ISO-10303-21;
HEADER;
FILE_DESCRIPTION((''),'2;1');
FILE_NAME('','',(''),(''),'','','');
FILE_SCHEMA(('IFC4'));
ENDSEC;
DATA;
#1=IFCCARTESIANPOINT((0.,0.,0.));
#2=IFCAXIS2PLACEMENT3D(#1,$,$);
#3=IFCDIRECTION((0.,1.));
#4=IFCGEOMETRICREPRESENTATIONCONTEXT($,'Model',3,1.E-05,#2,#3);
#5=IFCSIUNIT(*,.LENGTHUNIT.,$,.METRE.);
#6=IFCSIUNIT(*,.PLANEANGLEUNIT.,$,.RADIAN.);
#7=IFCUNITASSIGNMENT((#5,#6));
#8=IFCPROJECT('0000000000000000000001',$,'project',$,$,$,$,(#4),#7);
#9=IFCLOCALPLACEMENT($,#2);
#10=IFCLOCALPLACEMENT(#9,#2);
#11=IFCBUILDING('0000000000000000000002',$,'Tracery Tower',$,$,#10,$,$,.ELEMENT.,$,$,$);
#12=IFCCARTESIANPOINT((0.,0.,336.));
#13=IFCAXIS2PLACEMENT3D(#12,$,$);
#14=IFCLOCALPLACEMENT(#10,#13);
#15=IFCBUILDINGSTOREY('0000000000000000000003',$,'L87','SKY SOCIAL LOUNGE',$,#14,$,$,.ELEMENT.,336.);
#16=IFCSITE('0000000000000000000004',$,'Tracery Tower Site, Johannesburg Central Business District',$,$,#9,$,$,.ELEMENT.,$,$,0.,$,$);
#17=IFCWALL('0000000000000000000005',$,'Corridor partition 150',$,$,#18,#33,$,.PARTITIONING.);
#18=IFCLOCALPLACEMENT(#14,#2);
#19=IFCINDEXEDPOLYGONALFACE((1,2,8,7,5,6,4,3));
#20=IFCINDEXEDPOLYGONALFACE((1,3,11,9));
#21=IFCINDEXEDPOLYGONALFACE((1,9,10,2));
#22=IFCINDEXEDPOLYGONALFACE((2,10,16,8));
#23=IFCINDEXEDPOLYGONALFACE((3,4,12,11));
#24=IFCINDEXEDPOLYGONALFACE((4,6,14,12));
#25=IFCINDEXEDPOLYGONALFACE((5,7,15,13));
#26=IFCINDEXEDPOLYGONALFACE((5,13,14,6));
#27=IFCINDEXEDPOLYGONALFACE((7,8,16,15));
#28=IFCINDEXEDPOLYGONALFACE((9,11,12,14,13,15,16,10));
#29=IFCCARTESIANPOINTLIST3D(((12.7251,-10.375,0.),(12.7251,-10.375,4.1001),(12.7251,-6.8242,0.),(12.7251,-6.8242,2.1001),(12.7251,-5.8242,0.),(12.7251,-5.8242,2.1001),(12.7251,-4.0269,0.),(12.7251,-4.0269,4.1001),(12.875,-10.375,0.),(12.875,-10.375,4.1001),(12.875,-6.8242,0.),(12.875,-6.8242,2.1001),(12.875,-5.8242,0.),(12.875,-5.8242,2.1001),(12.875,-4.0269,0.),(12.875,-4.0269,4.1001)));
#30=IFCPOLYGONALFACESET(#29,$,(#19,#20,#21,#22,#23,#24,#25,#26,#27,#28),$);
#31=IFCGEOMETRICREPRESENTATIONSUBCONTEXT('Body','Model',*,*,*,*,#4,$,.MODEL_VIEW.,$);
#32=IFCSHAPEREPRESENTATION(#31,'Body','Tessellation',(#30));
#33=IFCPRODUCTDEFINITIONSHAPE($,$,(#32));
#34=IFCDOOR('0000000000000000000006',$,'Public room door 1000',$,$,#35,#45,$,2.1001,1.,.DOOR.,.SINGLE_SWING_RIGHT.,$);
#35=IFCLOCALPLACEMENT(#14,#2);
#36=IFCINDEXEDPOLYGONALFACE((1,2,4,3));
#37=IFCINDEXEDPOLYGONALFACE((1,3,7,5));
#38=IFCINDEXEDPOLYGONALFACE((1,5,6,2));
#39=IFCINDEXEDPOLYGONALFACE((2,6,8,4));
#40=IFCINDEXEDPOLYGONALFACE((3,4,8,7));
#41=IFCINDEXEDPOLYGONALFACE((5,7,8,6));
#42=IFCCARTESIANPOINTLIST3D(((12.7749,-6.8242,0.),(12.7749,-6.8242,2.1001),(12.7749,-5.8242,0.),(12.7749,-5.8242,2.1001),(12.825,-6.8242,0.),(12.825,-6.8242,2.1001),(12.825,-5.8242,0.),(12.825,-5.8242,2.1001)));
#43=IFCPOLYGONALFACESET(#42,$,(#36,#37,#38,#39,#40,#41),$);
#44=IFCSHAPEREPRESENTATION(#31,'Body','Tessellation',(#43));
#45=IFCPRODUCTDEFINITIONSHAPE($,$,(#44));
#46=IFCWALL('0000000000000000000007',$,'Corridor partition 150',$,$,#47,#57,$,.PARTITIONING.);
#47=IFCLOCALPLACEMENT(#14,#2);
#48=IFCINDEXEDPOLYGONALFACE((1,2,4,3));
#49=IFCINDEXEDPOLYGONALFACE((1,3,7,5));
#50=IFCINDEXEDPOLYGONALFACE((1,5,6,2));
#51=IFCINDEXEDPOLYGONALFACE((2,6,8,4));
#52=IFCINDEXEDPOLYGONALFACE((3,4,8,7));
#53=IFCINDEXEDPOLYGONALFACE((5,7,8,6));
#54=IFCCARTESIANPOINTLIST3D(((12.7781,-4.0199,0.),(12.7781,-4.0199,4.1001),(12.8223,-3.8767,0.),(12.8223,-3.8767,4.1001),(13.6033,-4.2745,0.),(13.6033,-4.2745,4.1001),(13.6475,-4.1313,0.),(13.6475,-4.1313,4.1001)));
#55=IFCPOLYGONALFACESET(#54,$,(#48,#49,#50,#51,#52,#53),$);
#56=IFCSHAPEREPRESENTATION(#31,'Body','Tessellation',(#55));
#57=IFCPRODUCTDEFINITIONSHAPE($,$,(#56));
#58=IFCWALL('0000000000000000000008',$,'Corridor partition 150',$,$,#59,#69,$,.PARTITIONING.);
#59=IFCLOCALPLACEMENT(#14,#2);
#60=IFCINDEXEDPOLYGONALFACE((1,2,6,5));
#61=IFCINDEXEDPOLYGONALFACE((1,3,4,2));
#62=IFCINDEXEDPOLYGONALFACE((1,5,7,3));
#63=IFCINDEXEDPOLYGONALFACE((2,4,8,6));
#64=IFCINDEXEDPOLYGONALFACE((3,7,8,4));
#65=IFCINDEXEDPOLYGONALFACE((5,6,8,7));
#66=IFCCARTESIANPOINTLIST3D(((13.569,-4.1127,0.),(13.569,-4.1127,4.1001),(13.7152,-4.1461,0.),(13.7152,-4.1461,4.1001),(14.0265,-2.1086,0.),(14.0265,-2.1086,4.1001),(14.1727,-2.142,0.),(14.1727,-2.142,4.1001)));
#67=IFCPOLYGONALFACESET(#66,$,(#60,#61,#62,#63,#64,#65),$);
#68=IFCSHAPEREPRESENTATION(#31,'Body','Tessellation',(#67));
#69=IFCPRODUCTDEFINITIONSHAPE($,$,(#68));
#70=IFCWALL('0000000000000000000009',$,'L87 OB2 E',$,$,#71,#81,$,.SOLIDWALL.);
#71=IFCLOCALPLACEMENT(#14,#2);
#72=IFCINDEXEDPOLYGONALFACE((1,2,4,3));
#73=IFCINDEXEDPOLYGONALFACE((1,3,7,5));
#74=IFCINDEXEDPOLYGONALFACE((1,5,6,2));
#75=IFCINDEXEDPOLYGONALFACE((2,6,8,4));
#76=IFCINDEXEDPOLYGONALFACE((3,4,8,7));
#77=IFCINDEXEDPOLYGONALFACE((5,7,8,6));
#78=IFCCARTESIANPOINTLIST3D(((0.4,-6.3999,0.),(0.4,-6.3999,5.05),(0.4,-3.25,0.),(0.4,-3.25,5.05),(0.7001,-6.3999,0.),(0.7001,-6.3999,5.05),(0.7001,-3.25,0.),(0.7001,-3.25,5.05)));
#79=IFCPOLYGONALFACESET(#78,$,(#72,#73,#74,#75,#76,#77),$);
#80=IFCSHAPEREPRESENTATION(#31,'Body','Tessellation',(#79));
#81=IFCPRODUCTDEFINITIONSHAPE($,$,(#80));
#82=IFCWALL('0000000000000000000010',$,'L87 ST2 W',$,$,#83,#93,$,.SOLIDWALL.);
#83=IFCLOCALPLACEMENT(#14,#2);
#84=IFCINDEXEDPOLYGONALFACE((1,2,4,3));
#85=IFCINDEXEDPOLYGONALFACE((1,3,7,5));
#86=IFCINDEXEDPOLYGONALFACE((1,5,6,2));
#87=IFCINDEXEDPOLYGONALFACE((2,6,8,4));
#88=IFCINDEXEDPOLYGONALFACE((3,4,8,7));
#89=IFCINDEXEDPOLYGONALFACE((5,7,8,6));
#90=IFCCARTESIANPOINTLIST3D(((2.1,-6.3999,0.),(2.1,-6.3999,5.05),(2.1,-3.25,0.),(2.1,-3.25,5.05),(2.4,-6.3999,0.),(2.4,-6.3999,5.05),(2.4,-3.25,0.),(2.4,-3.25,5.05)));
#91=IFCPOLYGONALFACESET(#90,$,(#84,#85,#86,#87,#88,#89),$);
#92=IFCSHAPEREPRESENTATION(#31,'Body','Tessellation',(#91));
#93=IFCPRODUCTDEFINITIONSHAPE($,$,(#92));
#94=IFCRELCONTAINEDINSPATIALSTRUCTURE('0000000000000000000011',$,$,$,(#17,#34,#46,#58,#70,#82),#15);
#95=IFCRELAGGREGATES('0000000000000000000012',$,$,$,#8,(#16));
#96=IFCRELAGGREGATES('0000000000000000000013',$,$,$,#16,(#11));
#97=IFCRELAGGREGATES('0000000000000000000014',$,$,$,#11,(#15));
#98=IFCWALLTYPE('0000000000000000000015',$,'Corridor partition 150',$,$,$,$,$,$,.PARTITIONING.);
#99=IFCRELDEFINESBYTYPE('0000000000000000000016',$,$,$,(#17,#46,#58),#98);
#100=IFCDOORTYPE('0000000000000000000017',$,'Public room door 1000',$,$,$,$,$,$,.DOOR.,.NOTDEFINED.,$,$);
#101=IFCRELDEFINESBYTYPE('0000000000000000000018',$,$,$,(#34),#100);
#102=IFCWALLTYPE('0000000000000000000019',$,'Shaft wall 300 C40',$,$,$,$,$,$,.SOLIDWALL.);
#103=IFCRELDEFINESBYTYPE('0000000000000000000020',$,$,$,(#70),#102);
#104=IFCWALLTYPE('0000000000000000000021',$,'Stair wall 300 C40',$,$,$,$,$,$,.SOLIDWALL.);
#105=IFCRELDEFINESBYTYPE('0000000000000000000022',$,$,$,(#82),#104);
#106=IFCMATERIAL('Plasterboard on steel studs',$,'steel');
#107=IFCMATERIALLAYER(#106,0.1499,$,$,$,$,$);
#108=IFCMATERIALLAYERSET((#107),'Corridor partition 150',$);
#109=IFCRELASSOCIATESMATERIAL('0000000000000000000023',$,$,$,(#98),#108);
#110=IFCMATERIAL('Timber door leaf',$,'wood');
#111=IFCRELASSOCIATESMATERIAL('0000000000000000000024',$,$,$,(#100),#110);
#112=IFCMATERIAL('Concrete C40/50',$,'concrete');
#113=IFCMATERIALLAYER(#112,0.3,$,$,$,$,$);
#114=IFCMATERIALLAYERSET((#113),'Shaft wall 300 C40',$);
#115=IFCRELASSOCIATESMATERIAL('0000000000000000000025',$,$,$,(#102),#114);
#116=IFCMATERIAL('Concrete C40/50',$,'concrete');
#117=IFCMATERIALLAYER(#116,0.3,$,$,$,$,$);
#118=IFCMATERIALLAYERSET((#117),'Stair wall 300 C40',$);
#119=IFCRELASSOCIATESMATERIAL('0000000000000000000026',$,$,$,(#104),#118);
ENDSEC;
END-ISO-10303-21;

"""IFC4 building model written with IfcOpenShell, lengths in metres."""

from ifc_helpers import new_model, si_unit, direction, frame, frame_2d, origin, place, context, subcontext, project, spatial, rectangle, extrude, material, layer, layer_set, type_object, element, fill, save


model = new_model("IFC4")

# Units and contexts
model_context = context("Model", 3, precision=1e-05, world=origin(), true_north=direction((0.0, 1.0)))
body_context = subcontext(model_context, "Body", "Model", "MODEL_VIEW")
ifc_project = project(units=[si_unit("LENGTHUNIT", "METRE"), si_unit("PLANEANGLEUNIT", "RADIAN")], contexts=[model_context])

# Site, building, storey
site_placement = place(None, origin())
site = spatial("IfcSite", under=ifc_project, at=site_placement, Name="Tracery Tower Site, Johannesburg Central Business District", CompositionType="ELEMENT", RefElevation=0.0)
building_placement = place(site_placement, origin())
building = spatial("IfcBuilding", under=site, at=building_placement, Name="Tracery Tower", CompositionType="ELEMENT")
storey_placement = place(building_placement, frame((0.0, 0.0, 336.0)))
storey = spatial("IfcBuildingStorey", under=building, at=storey_placement, Name="L87", Description="SKY SOCIAL LOUNGE", CompositionType="ELEMENT", Elevation=336.0)

# Shared definitions
ifc_material_1 = material(Name="Plasterboard on steel studs", Category="steel")
ifc_layer_1 = layer(ifc_material_1, 0.1499)
ifc_layer_set_1 = layer_set([ifc_layer_1], Name="Corridor partition 150")
wall_type_1 = type_object("IfcWallType", Name="Corridor partition 150", PredefinedType="PARTITIONING", material=ifc_layer_set_1)

# Wall, opening, door
wall_1_placement = place(storey_placement, frame((12.8, -4.0269, 0.0), z_axis=(0.0, 0.0, 1.0), x_axis=(0.0, -1.0, 0.0)))
wall_1 = element("IfcWall", 1, at=wall_1_placement, inside=storey, type_object=wall_type_1, Name="Corridor partition 150", PredefinedType="PARTITIONING", context=body_context, shape_type="SweptSolid", body=[
    extrude(rectangle(XDim=6.3481, YDim=0.1499, at=frame_2d((3.1741, 0.0))), origin(), (0.0, 0.0, 1.0), 4.1001),
])
opening_1_placement = place(wall_1_placement, frame((1.7974, 0.0, 0.0)))
opening_1 = element("IfcOpeningElement", 2, at=opening_1_placement, cuts=wall_1, PredefinedType="OPENING", context=body_context, shape_type="SweptSolid", body=[
    extrude(rectangle(XDim=1.0, YDim=2.1001, at=frame_2d((0.5, 1.05))), frame((0.0, 0.075, 0.0), z_axis=(0.0, -1.0, 0.0), x_axis=(1.0, 0.0, 0.0)), (0.0, 0.0, 1.0), 0.1499),
])
ifc_material_2 = material(Name="Timber door leaf", Category="wood")
door_type_1 = type_object("IfcDoorType", Name="Public room door 1000", OperationType="NOTDEFINED", PredefinedType="DOOR", material=ifc_material_2)
door_1_placement = place(opening_1_placement, origin())
door_1 = element("IfcDoor", 3, at=door_1_placement, inside=storey, type_object=door_type_1, Name="Public room door 1000", OperationType="SINGLE_SWING_RIGHT", OverallHeight=2.1001, OverallWidth=1.0, PredefinedType="DOOR", context=body_context, shape_type="SweptSolid", body=[
    extrude(rectangle(XDim=1.0, YDim=2.1001, at=frame_2d((0.5, 1.05))), frame((0.0, 0.0249, 0.0), z_axis=(0.0, -1.0, 0.0), x_axis=(1.0, 0.0, 0.0)), (0.0, 0.0, 1.0), 0.05),
])
fill(opening_1, door_1)

# Walls
wall_2_placement = place(storey_placement, frame((13.6252, -4.2029, 0.0), z_axis=(0.0, 0.0, 1.0), x_axis=(-0.95554, 0.294861, 0.0)))
element("IfcWall", 4, at=wall_2_placement, inside=storey, type_object=wall_type_1, Name="Corridor partition 150", PredefinedType="PARTITIONING", context=body_context, shape_type="SweptSolid", body=[
    extrude(rectangle(XDim=0.8635, YDim=0.1499, at=frame_2d((0.4316, 0.0))), origin(), (0.0, 0.0, 1.0), 4.1001),
])
wall_3_placement = place(storey_placement, frame((13.6421, -4.1294, 0.0), z_axis=(0.0, 0.0, 1.0), x_axis=(0.22256, 0.974919, 0.0)))
element("IfcWall", 5, at=wall_3_placement, inside=storey, type_object=wall_type_1, Name="Corridor partition 150", PredefinedType="PARTITIONING", context=body_context, shape_type="SweptSolid", body=[
    extrude(rectangle(XDim=2.0557, YDim=0.1499, at=frame_2d((1.0278, 0.0))), origin(), (0.0, 0.0, 1.0), 4.1001),
])
ifc_material_3 = material(Name="Concrete C40/50", Category="concrete")
ifc_layer_2 = layer(ifc_material_3, 0.3)
ifc_layer_set_2 = layer_set([ifc_layer_2], Name="Shaft wall 300 C40")
wall_type_2 = type_object("IfcWallType", Name="Shaft wall 300 C40", PredefinedType="SOLIDWALL", material=ifc_layer_set_2)
wall_4_placement = place(storey_placement, frame((0.55, -6.3999, 0.0), z_axis=(0.0, 0.0, 1.0), x_axis=(0.0, 1.0, 0.0)))
element("IfcWall", 6, at=wall_4_placement, inside=storey, type_object=wall_type_2, Name="L87 OB2 E", PredefinedType="SOLIDWALL", context=body_context, shape_type="SweptSolid", body=[
    extrude(rectangle(XDim=3.1499, YDim=0.3, at=frame_2d((1.575, 0.0))), origin(), (0.0, 0.0, 1.0), 5.05),
])

# Shared definitions
ifc_material_4 = material(Name="Concrete C40/50", Category="concrete")
ifc_layer_3 = layer(ifc_material_4, 0.3)
ifc_layer_set_3 = layer_set([ifc_layer_3], Name="Stair wall 300 C40")
wall_type_3 = type_object("IfcWallType", Name="Stair wall 300 C40", PredefinedType="SOLIDWALL", material=ifc_layer_set_3)

# Wall
wall_5_placement = place(storey_placement, frame((2.25, -6.3999, 0.0), z_axis=(0.0, 0.0, 1.0), x_axis=(0.0, 1.0, 0.0)))
element("IfcWall", 7, at=wall_5_placement, inside=storey, type_object=wall_type_3, Name="L87 ST2 W", PredefinedType="SOLIDWALL", context=body_context, shape_type="SweptSolid", body=[
    extrude(rectangle(XDim=3.1499, YDim=0.3, at=frame_2d((1.575, 0.0))), origin(), (0.0, 0.0, 1.0), 5.05),
])

save(model, "model.ifc")
